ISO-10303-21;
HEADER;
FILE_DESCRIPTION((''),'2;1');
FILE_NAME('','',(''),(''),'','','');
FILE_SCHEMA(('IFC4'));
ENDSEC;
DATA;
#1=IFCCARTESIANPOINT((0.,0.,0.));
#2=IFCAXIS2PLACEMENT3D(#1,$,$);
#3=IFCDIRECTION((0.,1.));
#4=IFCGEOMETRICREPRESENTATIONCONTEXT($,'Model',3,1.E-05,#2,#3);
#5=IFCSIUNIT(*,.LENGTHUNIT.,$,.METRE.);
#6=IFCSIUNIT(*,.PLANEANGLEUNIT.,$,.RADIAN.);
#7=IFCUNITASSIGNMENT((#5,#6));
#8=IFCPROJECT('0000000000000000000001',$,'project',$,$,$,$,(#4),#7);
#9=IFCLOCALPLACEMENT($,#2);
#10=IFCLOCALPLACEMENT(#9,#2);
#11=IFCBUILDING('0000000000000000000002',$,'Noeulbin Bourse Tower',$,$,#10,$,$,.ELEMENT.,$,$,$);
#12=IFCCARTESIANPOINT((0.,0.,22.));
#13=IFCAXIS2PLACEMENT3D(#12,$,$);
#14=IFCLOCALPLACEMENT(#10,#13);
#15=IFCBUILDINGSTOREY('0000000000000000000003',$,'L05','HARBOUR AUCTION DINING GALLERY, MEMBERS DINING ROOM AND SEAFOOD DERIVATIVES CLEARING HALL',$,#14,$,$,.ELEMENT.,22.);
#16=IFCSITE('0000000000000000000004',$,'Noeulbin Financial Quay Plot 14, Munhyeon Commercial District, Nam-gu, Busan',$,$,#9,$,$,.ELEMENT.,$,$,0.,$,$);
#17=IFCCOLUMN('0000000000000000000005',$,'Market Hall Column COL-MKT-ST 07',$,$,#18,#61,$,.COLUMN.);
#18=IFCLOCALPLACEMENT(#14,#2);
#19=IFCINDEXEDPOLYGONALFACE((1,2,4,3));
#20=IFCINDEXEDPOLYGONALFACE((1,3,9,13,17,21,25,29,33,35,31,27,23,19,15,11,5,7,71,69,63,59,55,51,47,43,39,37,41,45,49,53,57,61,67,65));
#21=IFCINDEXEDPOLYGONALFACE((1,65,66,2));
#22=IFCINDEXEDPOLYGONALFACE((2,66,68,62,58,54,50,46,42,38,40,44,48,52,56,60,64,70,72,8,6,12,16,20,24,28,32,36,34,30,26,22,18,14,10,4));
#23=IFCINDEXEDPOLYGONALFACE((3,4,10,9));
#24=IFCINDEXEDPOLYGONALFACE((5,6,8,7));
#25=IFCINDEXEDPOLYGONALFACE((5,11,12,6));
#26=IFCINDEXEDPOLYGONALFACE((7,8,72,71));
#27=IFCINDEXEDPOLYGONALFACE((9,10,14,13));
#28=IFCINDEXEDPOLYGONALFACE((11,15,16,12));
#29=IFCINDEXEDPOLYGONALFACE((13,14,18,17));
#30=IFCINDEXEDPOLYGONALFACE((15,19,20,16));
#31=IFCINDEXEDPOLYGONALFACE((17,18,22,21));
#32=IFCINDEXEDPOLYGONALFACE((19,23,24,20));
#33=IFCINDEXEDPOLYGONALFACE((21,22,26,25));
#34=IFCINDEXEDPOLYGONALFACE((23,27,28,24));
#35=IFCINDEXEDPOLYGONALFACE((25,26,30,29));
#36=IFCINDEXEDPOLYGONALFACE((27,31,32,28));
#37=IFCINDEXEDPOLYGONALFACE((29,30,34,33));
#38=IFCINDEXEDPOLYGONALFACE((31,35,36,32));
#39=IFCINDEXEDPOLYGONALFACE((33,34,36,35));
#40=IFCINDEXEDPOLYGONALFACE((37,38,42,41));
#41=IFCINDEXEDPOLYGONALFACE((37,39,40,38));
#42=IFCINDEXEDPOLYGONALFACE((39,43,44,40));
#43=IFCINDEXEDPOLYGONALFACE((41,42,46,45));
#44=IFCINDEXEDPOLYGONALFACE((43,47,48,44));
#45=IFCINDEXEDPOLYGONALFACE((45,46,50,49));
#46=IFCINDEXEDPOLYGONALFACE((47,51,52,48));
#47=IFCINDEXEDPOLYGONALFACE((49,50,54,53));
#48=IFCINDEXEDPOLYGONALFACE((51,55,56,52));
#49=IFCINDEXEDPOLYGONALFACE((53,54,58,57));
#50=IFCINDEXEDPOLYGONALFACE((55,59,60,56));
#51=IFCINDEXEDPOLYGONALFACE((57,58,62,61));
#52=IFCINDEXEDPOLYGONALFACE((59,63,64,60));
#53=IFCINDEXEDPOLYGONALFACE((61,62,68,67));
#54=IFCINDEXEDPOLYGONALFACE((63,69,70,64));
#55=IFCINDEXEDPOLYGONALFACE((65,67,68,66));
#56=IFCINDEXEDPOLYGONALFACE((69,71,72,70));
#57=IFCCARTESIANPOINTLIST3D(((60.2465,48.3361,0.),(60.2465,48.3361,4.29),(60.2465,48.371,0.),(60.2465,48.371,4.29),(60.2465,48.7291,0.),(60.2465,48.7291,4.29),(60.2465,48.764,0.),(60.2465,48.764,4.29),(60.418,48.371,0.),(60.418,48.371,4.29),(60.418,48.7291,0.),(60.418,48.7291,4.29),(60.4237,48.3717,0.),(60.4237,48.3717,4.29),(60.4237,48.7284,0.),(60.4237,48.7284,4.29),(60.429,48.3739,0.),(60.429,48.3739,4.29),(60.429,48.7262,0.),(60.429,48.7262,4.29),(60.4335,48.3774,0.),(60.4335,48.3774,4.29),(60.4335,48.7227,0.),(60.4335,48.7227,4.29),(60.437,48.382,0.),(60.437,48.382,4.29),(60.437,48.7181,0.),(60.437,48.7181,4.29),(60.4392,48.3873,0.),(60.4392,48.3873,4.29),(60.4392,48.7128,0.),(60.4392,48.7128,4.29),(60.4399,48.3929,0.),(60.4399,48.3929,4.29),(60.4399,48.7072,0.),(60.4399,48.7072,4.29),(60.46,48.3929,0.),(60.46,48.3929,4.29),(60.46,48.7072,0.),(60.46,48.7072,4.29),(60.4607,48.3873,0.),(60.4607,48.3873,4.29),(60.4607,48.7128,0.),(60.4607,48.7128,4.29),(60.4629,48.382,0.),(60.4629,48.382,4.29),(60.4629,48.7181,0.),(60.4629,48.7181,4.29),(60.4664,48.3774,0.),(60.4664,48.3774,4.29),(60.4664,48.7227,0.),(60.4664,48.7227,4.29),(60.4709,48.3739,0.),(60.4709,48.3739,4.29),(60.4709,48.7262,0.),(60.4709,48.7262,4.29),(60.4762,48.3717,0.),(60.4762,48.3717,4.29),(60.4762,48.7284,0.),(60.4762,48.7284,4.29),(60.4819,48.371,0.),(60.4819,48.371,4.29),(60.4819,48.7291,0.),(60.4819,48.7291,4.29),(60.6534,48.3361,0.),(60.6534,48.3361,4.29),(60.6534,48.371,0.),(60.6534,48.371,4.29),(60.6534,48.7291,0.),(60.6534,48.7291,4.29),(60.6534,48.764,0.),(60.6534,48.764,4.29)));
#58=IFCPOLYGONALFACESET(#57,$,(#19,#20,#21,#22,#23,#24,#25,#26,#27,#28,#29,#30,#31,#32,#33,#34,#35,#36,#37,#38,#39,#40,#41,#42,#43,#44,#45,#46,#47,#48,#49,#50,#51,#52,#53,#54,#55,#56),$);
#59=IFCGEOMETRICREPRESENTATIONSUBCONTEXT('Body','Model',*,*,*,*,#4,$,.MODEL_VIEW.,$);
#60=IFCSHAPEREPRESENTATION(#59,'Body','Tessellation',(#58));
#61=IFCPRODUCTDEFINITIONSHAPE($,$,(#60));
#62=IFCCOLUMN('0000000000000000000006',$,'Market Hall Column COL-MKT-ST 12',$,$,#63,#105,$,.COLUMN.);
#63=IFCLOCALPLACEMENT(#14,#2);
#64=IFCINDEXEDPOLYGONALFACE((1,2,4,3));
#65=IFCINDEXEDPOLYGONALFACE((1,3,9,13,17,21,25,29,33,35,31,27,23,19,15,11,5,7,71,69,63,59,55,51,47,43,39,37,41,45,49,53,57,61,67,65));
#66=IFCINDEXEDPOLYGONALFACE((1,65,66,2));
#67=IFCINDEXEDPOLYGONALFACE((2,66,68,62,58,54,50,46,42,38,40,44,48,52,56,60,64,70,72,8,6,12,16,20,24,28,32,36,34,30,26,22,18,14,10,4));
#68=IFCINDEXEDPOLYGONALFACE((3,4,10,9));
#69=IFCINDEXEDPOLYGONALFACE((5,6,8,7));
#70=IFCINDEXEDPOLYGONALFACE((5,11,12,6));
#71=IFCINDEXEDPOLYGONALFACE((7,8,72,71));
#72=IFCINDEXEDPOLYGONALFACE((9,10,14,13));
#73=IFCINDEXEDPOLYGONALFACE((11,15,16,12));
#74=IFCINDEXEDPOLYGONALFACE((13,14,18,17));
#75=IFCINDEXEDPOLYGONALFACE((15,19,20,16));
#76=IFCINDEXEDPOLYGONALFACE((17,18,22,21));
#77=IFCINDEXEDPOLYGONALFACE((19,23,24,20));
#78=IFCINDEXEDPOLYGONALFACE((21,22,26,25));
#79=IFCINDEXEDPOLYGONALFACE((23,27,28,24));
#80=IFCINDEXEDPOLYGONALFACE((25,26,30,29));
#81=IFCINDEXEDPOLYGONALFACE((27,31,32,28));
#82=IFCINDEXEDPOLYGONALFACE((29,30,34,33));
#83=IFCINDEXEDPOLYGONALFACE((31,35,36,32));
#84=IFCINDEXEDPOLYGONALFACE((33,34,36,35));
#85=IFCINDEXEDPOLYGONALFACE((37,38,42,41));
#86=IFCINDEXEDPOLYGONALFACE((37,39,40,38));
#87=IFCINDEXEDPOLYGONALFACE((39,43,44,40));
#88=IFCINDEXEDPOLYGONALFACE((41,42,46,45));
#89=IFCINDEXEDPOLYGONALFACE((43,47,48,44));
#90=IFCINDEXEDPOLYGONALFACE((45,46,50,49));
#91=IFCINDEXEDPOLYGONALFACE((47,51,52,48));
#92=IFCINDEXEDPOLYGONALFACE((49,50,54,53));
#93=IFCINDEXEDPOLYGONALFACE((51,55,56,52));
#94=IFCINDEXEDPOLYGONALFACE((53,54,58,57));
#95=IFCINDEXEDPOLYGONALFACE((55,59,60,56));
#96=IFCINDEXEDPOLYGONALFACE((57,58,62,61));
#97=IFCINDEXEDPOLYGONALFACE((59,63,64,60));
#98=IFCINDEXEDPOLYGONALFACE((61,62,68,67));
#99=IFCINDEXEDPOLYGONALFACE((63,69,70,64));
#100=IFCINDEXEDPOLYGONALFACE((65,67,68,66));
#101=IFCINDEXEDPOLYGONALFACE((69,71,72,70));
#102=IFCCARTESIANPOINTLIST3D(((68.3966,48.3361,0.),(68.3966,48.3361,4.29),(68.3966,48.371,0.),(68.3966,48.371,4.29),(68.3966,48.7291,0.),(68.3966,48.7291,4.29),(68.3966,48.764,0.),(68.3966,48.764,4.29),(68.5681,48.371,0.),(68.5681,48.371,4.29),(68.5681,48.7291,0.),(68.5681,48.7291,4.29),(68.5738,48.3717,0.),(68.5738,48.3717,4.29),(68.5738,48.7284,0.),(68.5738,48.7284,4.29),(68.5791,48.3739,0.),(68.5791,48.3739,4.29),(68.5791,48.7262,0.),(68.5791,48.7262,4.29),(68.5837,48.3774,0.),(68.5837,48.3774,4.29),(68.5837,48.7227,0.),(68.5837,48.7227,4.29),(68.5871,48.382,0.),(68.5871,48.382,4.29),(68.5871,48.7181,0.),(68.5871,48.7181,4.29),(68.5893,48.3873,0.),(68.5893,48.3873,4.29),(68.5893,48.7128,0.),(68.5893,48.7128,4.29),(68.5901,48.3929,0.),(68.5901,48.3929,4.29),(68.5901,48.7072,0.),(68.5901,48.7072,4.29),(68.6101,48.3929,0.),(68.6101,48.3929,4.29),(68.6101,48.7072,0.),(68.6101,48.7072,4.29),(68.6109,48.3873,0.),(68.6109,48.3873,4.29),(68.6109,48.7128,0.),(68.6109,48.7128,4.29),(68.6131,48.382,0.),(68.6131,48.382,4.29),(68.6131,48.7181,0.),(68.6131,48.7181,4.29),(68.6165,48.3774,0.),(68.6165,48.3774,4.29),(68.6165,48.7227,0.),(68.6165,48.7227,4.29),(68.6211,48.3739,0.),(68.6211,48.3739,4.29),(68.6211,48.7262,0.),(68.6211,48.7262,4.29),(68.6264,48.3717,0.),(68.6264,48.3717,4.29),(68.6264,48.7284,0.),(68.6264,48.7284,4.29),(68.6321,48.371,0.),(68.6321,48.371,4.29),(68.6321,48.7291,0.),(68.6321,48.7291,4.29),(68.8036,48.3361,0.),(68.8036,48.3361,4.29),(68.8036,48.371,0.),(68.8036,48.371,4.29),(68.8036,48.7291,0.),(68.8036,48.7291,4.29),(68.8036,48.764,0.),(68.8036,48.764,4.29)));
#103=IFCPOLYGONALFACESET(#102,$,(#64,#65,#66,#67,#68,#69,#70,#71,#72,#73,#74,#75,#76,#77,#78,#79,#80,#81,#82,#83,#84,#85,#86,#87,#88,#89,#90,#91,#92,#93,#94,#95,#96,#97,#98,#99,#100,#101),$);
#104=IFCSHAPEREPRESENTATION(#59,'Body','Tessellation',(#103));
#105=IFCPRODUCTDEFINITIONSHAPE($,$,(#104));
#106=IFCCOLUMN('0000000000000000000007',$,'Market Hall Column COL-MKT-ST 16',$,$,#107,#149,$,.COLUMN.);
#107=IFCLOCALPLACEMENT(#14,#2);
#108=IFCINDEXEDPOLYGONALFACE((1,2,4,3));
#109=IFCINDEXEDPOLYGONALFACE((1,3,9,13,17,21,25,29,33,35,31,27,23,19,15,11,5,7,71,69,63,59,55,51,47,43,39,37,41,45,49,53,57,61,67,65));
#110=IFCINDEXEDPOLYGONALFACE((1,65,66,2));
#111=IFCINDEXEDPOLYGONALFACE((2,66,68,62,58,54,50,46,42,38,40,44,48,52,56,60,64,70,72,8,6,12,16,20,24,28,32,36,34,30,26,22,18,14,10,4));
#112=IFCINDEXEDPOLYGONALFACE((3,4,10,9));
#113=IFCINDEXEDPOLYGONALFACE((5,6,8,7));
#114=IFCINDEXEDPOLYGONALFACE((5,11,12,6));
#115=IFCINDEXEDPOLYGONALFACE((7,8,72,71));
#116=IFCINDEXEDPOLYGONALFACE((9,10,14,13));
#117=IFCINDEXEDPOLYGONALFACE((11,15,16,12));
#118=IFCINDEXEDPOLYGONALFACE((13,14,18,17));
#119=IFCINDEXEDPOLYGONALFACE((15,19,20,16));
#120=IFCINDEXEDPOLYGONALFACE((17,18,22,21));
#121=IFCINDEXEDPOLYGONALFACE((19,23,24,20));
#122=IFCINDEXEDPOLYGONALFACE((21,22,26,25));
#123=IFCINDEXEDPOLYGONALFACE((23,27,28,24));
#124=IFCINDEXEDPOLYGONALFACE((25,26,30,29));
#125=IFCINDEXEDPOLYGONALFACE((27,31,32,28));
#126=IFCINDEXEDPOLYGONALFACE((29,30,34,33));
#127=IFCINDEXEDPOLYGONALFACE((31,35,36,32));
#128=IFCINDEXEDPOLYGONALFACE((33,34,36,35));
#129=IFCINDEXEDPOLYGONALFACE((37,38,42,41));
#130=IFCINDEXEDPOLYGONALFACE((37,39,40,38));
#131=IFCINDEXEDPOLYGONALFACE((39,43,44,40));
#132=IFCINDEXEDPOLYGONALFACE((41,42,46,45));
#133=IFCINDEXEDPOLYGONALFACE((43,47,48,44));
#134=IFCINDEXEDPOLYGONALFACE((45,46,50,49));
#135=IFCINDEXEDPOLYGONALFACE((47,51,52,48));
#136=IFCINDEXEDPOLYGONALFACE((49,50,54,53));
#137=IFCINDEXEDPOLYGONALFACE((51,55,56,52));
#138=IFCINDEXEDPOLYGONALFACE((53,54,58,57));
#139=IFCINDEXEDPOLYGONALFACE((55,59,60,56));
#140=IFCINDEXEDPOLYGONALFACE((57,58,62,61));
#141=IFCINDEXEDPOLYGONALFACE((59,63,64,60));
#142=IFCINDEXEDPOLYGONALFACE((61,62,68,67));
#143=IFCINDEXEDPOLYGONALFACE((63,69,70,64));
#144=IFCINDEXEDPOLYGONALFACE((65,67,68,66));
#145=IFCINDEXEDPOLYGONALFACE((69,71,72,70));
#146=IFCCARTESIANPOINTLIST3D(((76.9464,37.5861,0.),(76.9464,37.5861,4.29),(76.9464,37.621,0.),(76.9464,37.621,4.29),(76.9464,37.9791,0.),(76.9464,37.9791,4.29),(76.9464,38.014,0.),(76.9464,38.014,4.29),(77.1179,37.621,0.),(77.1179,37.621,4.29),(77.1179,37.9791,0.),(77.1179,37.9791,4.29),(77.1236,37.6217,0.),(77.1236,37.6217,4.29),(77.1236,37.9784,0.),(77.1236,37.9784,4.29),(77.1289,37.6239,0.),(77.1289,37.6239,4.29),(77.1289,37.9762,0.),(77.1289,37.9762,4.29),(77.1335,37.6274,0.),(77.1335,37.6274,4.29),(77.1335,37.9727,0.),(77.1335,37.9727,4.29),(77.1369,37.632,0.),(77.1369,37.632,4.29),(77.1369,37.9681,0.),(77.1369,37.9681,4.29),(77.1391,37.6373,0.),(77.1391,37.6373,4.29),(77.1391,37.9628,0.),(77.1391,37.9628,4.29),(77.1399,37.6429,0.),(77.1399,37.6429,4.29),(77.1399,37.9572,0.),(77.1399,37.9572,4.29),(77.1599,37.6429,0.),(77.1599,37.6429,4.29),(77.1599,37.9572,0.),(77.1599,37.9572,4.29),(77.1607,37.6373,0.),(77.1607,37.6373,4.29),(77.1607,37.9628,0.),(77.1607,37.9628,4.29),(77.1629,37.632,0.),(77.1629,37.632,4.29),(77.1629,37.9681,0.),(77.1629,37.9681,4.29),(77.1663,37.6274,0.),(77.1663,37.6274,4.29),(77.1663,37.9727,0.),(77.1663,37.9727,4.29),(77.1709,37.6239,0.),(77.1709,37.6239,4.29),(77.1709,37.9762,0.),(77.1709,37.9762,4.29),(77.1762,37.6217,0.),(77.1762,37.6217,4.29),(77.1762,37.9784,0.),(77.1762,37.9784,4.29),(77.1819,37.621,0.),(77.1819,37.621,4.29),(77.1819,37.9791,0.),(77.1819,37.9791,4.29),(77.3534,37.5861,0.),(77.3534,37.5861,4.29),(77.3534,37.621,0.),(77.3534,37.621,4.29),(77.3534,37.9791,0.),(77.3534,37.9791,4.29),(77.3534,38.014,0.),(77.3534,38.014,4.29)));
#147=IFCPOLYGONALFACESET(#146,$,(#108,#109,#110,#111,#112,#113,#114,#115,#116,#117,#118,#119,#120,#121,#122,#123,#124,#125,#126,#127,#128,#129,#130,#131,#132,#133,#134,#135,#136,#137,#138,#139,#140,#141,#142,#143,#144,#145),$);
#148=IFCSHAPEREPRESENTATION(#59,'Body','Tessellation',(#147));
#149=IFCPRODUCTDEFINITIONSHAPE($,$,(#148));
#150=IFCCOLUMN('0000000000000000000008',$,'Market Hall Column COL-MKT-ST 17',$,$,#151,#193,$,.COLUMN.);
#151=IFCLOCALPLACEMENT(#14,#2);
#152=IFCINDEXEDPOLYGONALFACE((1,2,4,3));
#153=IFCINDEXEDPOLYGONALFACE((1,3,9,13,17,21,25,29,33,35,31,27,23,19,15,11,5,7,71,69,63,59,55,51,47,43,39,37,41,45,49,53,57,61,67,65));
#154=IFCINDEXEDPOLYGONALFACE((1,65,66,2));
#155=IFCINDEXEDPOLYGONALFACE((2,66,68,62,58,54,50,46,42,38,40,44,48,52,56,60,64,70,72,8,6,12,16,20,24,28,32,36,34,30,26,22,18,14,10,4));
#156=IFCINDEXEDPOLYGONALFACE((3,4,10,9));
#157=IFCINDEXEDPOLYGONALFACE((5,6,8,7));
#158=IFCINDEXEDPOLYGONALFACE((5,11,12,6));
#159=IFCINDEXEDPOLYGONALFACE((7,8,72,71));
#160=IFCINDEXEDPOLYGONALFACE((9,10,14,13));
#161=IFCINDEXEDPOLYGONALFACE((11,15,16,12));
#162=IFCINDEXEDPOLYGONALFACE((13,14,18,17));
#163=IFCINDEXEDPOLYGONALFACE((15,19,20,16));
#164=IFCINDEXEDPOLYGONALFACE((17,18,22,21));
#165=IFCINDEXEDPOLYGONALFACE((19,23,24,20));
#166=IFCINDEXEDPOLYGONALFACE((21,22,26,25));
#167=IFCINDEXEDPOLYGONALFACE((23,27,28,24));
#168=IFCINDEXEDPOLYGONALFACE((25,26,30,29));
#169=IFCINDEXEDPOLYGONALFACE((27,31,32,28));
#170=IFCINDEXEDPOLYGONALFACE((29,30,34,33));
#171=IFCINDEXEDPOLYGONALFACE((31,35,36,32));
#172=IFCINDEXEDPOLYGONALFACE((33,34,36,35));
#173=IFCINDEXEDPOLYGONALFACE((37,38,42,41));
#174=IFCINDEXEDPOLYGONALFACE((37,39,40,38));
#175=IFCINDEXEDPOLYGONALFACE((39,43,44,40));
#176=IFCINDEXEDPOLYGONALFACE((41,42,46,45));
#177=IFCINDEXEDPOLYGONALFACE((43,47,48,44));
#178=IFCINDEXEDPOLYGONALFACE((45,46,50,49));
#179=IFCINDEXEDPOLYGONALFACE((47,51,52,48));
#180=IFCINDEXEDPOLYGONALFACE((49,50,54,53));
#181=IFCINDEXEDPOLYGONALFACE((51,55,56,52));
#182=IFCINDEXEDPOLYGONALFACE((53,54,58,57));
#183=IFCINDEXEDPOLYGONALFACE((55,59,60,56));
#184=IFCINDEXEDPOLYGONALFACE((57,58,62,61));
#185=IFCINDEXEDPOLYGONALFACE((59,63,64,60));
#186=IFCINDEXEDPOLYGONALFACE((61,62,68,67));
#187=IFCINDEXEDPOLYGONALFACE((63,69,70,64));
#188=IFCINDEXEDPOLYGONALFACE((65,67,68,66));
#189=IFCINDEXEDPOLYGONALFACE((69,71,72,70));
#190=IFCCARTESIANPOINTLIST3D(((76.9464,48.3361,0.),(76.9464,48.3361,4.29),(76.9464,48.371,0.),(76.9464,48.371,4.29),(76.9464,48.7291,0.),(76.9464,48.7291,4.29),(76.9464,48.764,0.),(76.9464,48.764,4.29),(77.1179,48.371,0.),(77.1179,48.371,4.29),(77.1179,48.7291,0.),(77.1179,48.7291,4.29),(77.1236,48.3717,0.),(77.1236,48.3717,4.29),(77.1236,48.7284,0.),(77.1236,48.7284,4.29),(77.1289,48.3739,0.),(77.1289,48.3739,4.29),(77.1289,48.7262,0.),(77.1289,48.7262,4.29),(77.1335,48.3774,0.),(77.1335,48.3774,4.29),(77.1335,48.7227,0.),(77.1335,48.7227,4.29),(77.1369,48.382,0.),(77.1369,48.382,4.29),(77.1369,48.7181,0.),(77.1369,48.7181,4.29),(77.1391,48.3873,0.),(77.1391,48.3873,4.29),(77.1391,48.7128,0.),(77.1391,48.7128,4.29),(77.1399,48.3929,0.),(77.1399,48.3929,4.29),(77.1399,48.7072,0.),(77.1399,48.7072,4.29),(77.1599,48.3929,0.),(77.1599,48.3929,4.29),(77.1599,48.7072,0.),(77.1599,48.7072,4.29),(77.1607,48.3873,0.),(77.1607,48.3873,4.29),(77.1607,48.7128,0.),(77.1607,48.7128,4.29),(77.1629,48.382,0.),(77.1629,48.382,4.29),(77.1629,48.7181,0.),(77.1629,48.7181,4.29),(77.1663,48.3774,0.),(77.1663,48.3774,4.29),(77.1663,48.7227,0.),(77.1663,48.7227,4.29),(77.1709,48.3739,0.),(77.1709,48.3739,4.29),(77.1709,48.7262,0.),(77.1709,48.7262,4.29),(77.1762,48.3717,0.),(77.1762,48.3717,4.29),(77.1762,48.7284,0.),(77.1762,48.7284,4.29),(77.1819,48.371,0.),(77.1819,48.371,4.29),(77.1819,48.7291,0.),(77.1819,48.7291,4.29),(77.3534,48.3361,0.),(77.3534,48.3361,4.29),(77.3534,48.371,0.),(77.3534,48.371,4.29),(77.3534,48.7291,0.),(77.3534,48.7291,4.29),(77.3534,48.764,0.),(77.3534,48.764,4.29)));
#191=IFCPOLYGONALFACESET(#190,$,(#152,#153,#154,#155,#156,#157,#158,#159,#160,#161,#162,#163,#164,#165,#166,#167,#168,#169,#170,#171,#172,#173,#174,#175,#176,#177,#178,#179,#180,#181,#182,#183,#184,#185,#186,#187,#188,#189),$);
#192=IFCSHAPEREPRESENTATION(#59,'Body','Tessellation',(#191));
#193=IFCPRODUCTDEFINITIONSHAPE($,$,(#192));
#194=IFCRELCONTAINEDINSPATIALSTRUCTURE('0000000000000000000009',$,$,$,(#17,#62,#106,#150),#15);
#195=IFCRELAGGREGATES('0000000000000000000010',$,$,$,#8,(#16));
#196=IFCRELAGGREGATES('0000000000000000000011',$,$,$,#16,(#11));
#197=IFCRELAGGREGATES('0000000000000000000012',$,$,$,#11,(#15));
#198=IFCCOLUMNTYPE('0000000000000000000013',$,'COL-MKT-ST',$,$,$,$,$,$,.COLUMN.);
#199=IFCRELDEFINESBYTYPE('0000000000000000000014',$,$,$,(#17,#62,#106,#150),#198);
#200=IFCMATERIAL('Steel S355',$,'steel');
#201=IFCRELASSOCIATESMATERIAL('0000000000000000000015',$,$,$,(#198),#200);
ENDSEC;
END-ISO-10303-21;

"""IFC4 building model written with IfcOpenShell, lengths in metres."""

from ifc_helpers import new_model, si_unit, direction, frame, origin, origin_2d, place, context, subcontext, project, spatial, i_section, extrude, material, material_profile, profile_set, type_object, element, save


model = new_model("IFC4")

# Units and contexts
model_context = context("Model", 3, precision=1e-05, world=origin(), true_north=direction((0.0, 1.0)))
body_context = subcontext(model_context, "Body", "Model", "MODEL_VIEW")
ifc_project = project(units=[si_unit("LENGTHUNIT", "METRE"), si_unit("PLANEANGLEUNIT", "RADIAN")], contexts=[model_context])

# Site, building, storey
site_placement = place(None, origin())
site = spatial("IfcSite", under=ifc_project, at=site_placement, Name="Noeulbin Financial Quay Plot 14, Munhyeon Commercial District, Nam-gu, Busan", CompositionType="ELEMENT", RefElevation=0.0)
building_placement = place(site_placement, origin())
building = spatial("IfcBuilding", under=site, at=building_placement, Name="Noeulbin Bourse Tower", CompositionType="ELEMENT")
storey_placement = place(building_placement, frame((0.0, 0.0, 22.0)))
storey = spatial("IfcBuildingStorey", under=building, at=storey_placement, Name="L05", Description="HARBOUR AUCTION DINING GALLERY, MEMBERS DINING ROOM AND SEAFOOD DERIVATIVES CLEARING HALL", CompositionType="ELEMENT", Elevation=22.0)

# Columns
ifc_material_1 = material(Name="Steel S355", Category="steel")
ifc_material_profile_1 = material_profile(ifc_material_1, i_section(OverallWidth=0.407, OverallDepth=0.428, WebThickness=0.02, FlangeThickness=0.0349, FilletRadius=0.022, at=origin_2d()), Name="H-428x407x20x35", Category="LoadBearing")
ifc_profile_set_1 = profile_set([ifc_material_profile_1], Name="Steel S355")
column_type = type_object("IfcColumnType", Name="COL-MKT-ST", PredefinedType="COLUMN", material=ifc_profile_set_1)
for number, where, z_axis, x_axis, name in (
    (1, (60.45, 48.55, 0.0), (0.0, 0.0, 1.0), (1.0, 0.0, 0.0), "Market Hall Column COL-MKT-ST 07"),
    (2, (68.6001, 48.55, 0.0), (0.0, 0.0, 1.0), (1.0, 0.0, 0.0), "Market Hall Column COL-MKT-ST 12"),
    (3, (77.1499, 37.8, 0.0), (0.0, 0.0, 1.0), (1.0, 0.0, 0.0), "Market Hall Column COL-MKT-ST 16"),
    (4, (77.1499, 48.55, 0.0), (0.0, 0.0, 1.0), (1.0, 0.0, 0.0), "Market Hall Column COL-MKT-ST 17"),
):
    element("IfcColumn", number, at=place(storey_placement, frame(where, z_axis=z_axis, x_axis=x_axis)), inside=storey, type_object=column_type, Name=name, PredefinedType="COLUMN", context=body_context, shape_type="SweptSolid", body=[
        extrude(i_section(OverallWidth=0.407, OverallDepth=0.428, WebThickness=0.02, FlangeThickness=0.0349, FilletRadius=0.022, at=origin_2d()), origin(), (0.0, 0.0, 1.0), 4.29),
    ])

save(model, "model.ifc")
